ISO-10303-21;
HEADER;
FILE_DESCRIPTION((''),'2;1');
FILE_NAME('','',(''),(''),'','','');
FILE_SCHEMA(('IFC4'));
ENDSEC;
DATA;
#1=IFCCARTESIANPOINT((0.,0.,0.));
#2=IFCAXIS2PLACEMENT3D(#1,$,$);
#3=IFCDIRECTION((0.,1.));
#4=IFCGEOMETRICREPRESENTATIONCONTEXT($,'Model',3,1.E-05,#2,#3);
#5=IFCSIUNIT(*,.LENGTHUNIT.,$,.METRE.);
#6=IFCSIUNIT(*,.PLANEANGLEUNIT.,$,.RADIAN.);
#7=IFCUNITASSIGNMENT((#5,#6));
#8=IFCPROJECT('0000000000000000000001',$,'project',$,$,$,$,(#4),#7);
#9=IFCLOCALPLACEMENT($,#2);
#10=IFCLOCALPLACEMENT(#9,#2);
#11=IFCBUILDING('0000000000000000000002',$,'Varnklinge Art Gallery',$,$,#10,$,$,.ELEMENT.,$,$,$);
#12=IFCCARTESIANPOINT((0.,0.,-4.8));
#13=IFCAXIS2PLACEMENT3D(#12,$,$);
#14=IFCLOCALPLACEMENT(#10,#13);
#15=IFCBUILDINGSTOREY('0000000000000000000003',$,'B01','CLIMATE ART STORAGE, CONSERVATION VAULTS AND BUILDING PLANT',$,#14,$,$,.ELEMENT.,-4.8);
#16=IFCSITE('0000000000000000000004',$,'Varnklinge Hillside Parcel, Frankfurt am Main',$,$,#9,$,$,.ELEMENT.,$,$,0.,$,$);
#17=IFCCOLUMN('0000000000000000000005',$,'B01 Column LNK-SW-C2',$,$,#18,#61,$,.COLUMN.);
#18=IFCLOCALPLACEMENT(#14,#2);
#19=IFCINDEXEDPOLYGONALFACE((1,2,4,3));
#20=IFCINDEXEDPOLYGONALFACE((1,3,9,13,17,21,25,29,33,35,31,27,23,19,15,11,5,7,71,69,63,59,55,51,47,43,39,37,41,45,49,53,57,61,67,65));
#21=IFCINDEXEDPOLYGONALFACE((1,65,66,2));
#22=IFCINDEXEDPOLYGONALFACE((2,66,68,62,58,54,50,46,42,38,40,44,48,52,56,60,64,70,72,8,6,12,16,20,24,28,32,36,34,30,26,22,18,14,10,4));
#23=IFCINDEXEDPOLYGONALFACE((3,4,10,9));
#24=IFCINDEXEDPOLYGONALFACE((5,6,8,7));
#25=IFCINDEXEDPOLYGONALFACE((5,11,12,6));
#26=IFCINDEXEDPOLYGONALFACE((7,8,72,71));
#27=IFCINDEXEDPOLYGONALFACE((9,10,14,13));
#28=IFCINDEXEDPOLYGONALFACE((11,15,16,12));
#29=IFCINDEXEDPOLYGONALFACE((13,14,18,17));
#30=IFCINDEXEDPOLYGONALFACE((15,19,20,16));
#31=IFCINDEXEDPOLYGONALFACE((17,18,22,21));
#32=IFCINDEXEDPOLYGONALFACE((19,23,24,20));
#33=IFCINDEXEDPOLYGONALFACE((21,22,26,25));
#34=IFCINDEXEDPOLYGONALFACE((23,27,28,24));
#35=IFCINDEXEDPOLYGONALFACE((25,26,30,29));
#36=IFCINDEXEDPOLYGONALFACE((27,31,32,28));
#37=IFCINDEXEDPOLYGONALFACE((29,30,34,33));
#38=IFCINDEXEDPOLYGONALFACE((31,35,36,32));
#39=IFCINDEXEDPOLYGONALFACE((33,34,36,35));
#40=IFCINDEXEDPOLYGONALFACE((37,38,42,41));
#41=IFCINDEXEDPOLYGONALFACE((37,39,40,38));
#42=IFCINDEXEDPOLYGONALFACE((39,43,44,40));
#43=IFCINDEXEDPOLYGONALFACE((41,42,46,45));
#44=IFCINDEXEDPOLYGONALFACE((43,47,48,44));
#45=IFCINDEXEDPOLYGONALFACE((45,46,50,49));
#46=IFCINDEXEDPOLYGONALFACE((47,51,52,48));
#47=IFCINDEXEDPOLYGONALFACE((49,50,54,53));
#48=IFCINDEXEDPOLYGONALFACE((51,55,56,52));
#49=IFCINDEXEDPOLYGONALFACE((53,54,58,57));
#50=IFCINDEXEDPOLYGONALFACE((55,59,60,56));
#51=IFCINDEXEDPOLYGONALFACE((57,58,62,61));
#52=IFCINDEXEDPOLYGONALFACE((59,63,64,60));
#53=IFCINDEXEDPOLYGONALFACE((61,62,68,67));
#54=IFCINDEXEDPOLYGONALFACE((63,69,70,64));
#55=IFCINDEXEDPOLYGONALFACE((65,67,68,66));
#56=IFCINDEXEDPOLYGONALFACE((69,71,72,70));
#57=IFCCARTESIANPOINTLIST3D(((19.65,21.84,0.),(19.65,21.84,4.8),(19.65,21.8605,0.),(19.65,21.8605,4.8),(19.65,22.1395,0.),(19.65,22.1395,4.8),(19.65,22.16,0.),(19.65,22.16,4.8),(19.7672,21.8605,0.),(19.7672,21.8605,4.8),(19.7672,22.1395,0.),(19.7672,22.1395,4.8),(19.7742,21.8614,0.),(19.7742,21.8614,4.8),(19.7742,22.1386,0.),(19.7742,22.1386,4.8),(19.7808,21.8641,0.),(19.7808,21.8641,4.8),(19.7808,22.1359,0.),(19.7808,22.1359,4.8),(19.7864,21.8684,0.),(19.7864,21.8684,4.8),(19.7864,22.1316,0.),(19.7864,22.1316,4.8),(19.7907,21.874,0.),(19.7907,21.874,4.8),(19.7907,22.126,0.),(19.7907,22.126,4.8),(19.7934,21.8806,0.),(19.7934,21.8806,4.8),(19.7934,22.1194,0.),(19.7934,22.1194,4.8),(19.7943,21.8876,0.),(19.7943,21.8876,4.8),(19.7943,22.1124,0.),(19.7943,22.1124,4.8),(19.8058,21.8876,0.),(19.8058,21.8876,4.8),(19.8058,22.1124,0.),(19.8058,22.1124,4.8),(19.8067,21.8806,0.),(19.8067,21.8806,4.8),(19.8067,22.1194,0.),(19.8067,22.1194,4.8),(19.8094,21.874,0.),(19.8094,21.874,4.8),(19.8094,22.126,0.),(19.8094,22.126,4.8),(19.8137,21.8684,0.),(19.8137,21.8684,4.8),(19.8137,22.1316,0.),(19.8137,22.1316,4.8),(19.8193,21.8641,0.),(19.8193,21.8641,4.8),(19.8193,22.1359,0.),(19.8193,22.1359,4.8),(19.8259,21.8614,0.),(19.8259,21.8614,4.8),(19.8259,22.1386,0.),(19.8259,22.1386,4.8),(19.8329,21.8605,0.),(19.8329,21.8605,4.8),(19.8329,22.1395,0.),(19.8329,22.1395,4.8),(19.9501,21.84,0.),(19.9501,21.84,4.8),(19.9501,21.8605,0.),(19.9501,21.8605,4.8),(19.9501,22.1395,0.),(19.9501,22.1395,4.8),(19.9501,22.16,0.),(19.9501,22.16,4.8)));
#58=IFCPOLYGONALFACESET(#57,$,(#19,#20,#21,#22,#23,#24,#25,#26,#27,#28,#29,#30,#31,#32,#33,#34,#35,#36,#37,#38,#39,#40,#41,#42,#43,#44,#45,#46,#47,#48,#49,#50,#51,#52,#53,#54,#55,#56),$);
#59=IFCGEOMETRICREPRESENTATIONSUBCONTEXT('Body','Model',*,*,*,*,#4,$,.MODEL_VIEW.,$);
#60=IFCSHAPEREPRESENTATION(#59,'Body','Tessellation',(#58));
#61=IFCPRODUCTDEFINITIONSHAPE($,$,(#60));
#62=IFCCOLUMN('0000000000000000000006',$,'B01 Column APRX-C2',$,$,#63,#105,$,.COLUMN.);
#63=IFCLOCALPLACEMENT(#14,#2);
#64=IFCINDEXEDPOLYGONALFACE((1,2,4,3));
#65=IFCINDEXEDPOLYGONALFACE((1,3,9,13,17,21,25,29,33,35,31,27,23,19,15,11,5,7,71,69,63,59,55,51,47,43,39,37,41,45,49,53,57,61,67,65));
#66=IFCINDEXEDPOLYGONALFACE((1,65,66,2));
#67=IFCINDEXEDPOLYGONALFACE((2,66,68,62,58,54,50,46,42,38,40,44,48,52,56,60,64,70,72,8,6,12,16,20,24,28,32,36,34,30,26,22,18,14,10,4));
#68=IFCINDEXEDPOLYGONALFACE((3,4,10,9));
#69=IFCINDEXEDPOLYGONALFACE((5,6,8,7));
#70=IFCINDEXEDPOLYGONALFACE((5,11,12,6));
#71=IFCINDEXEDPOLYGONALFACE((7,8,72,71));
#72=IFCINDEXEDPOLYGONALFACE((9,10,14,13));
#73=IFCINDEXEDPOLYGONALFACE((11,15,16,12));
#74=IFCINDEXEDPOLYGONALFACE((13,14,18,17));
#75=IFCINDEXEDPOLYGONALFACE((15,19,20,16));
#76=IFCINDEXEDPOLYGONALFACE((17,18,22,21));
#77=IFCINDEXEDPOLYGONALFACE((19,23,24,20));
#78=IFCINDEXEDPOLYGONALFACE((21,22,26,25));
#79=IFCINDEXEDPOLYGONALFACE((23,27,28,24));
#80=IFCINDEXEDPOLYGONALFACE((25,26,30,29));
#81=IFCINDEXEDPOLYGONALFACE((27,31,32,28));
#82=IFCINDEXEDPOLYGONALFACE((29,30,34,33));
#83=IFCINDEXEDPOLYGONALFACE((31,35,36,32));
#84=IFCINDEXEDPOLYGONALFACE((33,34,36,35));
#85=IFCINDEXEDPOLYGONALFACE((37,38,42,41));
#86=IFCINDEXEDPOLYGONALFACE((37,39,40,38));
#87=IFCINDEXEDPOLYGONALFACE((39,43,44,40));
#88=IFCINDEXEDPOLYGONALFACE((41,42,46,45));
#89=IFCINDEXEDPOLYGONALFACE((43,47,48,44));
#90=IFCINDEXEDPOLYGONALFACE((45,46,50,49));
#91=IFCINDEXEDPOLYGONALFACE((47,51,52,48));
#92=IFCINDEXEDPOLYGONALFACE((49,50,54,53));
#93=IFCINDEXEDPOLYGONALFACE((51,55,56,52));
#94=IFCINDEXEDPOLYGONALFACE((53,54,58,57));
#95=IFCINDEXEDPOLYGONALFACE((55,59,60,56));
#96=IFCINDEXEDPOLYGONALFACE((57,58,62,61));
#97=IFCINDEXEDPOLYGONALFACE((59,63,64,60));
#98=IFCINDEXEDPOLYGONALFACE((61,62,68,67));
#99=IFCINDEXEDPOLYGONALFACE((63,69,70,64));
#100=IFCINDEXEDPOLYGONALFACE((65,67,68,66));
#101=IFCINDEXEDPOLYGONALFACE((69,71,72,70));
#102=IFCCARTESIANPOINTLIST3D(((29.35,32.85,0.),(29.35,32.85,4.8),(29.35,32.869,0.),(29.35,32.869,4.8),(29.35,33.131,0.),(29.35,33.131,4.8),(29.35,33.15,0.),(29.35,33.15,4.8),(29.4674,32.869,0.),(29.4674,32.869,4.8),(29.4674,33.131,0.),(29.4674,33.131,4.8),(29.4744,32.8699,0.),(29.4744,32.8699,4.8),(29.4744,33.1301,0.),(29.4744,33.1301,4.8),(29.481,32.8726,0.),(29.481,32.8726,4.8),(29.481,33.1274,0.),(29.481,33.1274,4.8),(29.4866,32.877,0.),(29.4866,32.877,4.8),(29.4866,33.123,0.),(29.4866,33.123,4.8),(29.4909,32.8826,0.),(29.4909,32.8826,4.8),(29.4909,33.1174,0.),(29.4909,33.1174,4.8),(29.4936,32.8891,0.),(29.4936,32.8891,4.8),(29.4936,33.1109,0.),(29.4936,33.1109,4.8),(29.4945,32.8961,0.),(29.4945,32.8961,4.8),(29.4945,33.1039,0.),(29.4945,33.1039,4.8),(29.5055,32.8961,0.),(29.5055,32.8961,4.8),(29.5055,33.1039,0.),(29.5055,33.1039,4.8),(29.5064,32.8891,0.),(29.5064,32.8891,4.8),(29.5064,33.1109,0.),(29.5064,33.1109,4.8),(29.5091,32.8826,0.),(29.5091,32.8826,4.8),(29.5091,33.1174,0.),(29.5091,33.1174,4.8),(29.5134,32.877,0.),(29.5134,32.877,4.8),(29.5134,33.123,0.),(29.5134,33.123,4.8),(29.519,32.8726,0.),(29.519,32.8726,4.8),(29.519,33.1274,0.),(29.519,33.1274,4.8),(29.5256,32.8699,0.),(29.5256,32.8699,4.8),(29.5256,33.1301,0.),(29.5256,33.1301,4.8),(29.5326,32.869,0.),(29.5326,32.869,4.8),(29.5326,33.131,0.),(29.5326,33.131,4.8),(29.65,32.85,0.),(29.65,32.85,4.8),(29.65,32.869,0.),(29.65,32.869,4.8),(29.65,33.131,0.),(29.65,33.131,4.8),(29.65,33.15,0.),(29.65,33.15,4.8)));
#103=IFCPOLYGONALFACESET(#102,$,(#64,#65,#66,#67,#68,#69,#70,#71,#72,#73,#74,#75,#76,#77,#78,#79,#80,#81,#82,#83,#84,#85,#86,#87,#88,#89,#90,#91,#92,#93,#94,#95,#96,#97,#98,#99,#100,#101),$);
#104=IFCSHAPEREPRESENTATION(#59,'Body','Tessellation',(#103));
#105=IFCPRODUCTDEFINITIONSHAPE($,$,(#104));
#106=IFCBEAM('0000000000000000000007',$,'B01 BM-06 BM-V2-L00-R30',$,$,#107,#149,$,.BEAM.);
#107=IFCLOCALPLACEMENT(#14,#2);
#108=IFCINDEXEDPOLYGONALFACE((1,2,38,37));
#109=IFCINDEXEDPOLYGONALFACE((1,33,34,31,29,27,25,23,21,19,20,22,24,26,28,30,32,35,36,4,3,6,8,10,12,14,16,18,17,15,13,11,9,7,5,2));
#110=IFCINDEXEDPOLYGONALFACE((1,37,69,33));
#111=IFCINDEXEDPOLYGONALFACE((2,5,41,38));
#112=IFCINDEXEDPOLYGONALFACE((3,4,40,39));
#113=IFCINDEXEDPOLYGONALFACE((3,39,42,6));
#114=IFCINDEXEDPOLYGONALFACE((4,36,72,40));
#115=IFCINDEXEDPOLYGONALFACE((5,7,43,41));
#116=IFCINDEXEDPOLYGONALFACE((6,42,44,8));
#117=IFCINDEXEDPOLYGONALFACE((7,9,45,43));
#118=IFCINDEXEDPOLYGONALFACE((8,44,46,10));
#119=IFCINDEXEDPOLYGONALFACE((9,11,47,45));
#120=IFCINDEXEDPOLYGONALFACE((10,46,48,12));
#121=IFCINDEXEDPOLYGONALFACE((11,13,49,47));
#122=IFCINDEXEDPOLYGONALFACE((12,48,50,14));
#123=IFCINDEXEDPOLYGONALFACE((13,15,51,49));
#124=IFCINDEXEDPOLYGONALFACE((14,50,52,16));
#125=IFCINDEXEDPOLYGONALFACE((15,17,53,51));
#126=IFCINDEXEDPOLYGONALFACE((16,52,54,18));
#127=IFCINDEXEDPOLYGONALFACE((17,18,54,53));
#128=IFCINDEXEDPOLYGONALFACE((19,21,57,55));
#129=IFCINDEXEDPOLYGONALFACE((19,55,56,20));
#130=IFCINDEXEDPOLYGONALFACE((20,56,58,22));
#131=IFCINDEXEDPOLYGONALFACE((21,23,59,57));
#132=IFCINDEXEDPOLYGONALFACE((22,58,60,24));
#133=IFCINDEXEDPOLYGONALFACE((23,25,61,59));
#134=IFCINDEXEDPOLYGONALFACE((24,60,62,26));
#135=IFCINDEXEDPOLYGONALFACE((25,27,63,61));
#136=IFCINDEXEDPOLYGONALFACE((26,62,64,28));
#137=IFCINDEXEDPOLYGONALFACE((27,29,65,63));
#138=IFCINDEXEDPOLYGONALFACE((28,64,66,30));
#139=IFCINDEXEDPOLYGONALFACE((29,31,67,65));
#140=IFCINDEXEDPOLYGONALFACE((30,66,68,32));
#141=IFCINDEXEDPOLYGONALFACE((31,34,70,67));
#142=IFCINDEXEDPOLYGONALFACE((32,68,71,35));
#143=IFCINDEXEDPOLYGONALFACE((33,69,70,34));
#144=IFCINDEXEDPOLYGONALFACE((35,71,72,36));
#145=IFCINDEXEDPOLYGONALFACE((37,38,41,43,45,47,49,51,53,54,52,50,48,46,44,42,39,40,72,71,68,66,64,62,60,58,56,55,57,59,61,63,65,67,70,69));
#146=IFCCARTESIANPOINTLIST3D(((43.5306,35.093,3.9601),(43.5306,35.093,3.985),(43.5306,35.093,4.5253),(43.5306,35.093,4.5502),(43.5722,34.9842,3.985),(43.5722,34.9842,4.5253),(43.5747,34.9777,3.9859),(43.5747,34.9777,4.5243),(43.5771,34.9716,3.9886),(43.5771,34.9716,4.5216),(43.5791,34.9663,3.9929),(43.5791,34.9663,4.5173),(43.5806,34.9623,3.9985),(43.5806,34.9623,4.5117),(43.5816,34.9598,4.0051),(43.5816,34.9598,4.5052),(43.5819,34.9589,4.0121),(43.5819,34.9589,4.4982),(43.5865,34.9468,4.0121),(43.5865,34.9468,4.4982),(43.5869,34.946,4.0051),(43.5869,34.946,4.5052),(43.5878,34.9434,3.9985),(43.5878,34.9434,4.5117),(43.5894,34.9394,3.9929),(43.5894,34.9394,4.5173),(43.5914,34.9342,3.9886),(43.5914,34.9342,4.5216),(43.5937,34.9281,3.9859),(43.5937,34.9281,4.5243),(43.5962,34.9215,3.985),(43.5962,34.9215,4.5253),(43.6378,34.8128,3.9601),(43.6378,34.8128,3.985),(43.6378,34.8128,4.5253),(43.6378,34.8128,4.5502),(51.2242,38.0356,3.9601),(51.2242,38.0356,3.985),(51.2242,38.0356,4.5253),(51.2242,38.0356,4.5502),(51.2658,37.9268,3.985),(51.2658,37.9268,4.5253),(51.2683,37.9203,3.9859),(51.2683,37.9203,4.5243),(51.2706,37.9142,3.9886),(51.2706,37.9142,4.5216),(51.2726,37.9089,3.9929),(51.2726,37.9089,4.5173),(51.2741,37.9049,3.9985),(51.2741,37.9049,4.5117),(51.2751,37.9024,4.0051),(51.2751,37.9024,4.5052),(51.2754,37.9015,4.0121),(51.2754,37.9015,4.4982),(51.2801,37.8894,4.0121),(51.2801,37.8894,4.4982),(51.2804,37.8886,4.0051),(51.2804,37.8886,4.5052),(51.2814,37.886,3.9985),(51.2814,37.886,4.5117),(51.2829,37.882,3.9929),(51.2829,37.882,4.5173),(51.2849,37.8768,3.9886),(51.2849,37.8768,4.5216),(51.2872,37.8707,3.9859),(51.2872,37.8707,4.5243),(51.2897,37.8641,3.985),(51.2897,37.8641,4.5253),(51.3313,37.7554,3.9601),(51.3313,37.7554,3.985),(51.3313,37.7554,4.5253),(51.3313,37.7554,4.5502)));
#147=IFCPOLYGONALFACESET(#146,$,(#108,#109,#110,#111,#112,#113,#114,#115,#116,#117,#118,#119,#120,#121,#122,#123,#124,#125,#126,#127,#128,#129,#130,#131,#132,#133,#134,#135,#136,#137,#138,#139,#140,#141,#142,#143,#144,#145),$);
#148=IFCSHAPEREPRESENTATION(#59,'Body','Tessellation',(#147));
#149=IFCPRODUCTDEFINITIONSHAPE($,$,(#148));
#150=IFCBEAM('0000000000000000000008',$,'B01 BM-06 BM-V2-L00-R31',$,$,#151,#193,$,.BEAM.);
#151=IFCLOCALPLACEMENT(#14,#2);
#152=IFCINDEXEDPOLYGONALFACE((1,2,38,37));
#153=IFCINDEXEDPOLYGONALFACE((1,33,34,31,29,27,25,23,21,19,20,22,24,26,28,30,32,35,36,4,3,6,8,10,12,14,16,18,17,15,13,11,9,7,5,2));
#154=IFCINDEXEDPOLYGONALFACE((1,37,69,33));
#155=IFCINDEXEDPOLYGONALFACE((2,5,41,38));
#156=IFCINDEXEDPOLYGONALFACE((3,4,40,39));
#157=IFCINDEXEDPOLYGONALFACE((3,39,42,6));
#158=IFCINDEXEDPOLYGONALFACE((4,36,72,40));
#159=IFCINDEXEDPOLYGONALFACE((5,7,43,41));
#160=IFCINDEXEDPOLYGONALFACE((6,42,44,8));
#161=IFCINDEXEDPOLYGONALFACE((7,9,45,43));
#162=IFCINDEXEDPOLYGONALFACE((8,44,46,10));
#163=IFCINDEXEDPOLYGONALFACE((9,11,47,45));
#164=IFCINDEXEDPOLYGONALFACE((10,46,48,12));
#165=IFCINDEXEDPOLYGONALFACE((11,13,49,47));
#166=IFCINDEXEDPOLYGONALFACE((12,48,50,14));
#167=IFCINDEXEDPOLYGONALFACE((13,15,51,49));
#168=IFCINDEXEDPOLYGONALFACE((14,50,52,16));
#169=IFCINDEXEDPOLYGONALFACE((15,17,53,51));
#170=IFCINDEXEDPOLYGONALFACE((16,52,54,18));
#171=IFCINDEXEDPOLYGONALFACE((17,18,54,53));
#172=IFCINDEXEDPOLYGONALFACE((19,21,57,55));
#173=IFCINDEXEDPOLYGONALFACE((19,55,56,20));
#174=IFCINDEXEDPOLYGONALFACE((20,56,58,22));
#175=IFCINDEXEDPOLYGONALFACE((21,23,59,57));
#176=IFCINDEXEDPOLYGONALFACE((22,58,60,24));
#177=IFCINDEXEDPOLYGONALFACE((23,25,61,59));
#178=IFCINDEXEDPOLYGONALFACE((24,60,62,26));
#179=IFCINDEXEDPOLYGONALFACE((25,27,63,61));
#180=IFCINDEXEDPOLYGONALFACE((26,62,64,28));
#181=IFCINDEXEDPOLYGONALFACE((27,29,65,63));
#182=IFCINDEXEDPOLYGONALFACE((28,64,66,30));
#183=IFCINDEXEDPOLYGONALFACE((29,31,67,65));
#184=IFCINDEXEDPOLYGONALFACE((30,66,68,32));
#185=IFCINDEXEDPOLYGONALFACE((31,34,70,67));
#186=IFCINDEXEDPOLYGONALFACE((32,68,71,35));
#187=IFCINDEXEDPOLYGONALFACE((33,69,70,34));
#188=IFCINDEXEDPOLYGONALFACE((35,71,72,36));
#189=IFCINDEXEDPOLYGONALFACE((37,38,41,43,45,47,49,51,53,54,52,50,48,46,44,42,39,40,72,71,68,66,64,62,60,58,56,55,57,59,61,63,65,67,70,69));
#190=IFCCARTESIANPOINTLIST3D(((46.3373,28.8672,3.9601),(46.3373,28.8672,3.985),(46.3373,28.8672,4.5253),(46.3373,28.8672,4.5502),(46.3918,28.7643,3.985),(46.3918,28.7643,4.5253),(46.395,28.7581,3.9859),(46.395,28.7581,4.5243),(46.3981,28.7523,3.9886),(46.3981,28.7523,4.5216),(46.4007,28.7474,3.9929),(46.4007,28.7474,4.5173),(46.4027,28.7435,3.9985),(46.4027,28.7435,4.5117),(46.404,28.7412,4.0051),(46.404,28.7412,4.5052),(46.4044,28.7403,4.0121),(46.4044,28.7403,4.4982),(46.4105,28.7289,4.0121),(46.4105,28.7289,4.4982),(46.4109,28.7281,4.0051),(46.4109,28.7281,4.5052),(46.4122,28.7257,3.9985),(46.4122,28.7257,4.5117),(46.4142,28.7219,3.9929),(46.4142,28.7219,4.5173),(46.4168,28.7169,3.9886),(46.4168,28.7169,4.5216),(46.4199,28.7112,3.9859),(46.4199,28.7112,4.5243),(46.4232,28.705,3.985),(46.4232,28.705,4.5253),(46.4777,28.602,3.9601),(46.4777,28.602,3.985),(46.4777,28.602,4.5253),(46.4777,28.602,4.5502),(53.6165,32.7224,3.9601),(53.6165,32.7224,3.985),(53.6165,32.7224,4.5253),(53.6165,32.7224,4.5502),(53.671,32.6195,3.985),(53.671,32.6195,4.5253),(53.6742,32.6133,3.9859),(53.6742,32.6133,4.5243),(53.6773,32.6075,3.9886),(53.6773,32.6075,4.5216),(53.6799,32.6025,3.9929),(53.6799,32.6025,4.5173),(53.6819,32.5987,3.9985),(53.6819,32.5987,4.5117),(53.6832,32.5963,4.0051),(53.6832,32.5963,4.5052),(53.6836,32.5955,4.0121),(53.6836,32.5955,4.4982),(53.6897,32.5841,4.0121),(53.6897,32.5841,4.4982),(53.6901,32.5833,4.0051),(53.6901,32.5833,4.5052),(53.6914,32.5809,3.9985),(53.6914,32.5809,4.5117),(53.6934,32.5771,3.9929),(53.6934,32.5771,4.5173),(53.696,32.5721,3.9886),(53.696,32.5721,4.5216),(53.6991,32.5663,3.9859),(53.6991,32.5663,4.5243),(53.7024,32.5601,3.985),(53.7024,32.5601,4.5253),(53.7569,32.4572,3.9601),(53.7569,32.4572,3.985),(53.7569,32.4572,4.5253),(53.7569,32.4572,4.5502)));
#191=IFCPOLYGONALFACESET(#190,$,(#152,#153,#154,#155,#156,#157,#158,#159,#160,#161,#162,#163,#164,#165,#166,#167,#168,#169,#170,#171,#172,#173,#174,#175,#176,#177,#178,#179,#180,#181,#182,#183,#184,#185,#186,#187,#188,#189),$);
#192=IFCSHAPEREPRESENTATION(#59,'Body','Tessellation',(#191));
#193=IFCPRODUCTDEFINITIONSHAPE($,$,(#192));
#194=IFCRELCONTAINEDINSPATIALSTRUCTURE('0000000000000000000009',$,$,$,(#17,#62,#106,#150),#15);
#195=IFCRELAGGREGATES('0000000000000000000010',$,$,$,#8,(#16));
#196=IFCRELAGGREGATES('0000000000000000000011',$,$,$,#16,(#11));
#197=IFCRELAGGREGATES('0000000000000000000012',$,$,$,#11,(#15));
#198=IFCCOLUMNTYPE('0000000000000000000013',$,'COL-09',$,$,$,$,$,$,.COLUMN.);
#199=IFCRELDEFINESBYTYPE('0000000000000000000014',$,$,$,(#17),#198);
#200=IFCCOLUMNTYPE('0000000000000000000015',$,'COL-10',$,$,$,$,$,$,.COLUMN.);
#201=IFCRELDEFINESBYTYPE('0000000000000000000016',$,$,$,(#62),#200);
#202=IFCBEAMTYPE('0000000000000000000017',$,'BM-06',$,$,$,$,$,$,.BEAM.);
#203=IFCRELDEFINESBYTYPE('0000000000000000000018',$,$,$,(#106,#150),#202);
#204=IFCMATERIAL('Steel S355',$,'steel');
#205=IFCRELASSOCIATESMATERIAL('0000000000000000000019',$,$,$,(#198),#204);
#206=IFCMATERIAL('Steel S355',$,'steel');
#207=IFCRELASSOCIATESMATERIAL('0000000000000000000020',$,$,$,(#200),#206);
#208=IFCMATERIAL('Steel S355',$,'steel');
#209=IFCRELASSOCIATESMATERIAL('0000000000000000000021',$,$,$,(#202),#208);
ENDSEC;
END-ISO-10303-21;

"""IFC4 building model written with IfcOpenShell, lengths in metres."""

from ifc_helpers import new_model, si_unit, direction, frame, origin, origin_2d, place, context, subcontext, project, spatial, i_section, extrude, material, material_profile, profile_set, type_object, element, save


model = new_model("IFC4")

# Units and contexts
model_context = context("Model", 3, precision=1e-05, world=origin(), true_north=direction((0.0, 1.0)))
body_context = subcontext(model_context, "Body", "Model", "MODEL_VIEW")
ifc_project = project(units=[si_unit("LENGTHUNIT", "METRE"), si_unit("PLANEANGLEUNIT", "RADIAN")], contexts=[model_context])

# Site, building, storey
site_placement = place(None, origin())
site = spatial("IfcSite", under=ifc_project, at=site_placement, Name="Varnklinge Hillside Parcel, Frankfurt am Main", CompositionType="ELEMENT", RefElevation=0.0)
building_placement = place(site_placement, origin())
building = spatial("IfcBuilding", under=site, at=building_placement, Name="Varnklinge Art Gallery", CompositionType="ELEMENT")
storey_placement = place(building_placement, frame((0.0, 0.0, -4.8)))
storey = spatial("IfcBuildingStorey", under=building, at=storey_placement, Name="B01", Description="CLIMATE ART STORAGE, CONSERVATION VAULTS AND BUILDING PLANT", CompositionType="ELEMENT", Elevation=-4.8)

# Columns
ifc_material_1 = material(Name="Steel S355", Category="steel")
ifc_material_profile_1 = material_profile(ifc_material_1, i_section(OverallWidth=0.3, OverallDepth=0.3201, WebThickness=0.0115, FlangeThickness=0.0205, FilletRadius=0.0271, at=origin_2d()), Name="HEB 320")
ifc_profile_set_1 = profile_set([ifc_material_profile_1], Name="Steel S355")
column_type_1 = type_object("IfcColumnType", Name="COL-09", PredefinedType="COLUMN", material=ifc_profile_set_1)
column_1_placement = place(storey_placement, frame((19.8, 22.0, 0.0), z_axis=(0.0, 0.0, 1.0), x_axis=(1.0, 0.0, 0.0)))
element("IfcColumn", 1, at=column_1_placement, inside=storey, type_object=column_type_1, Name="B01 Column LNK-SW-C2", PredefinedType="COLUMN", context=body_context, shape_type="SweptSolid", body=[
    extrude(i_section(OverallWidth=0.3, OverallDepth=0.3201, WebThickness=0.0115, FlangeThickness=0.0205, FilletRadius=0.0271, at=origin_2d()), origin(), (0.0, 0.0, 1.0), 4.8),
])
ifc_material_2 = material(Name="Steel S355", Category="steel")
ifc_material_profile_2 = material_profile(ifc_material_2, i_section(OverallWidth=0.3, OverallDepth=0.3, WebThickness=0.011, FlangeThickness=0.019, FilletRadius=0.0271, at=origin_2d()), Name="HEB 300")
ifc_profile_set_2 = profile_set([ifc_material_profile_2], Name="Steel S355")
column_type_2 = type_object("IfcColumnType", Name="COL-10", PredefinedType="COLUMN", material=ifc_profile_set_2)
column_2_placement = place(storey_placement, frame((29.5, 33.0, 0.0), z_axis=(0.0, 0.0, 1.0), x_axis=(1.0, 0.0, 0.0)))
element("IfcColumn", 2, at=column_2_placement, inside=storey, type_object=column_type_2, Name="B01 Column APRX-C2", PredefinedType="COLUMN", context=body_context, shape_type="SweptSolid", body=[
    extrude(i_section(OverallWidth=0.3, OverallDepth=0.3, WebThickness=0.011, FlangeThickness=0.019, FilletRadius=0.0271, at=origin_2d()), origin(), (0.0, 0.0, 1.0), 4.8),
])

# Beams
ifc_material_3 = material(Name="Steel S355", Category="steel")
ifc_material_profile_3 = material_profile(ifc_material_3, i_section(OverallWidth=0.3, OverallDepth=0.5901, WebThickness=0.0129, FlangeThickness=0.0249, FilletRadius=0.0271, at=origin_2d()), Name="HEA 600")
ifc_profile_set_3 = profile_set([ifc_material_profile_3], Name="Steel S355")
beam_type_1 = type_object("IfcBeamType", Name="BM-06", PredefinedType="BEAM", material=ifc_profile_set_3)
for number, where, z_axis, x_axis, name in (
    (3, (43.5842, 34.9529, 4.2551), (0.934013, 0.357239, 0.0), (-0.357239, 0.934013, 0.0), "B01 BM-06 BM-V2-L00-R30"),
    (4, (46.4075, 28.7346, 4.2551), (0.883714, 0.468028, 0.0), (-0.468028, 0.883714, 0.0), "B01 BM-06 BM-V2-L00-R31"),
):
    element("IfcBeam", number, at=place(storey_placement, frame(where, z_axis=z_axis, x_axis=x_axis)), inside=storey, type_object=beam_type_1, Name=name, PredefinedType="BEAM", context=body_context, shape_type="SweptSolid", body=[
        extrude(i_section(OverallWidth=0.3, OverallDepth=0.5901, WebThickness=0.0129, FlangeThickness=0.0249, FilletRadius=0.0271, at=origin_2d()), origin(), (0.0, 0.0, 1.0), 8.2371),
    ])

save(model, "model.ifc")
